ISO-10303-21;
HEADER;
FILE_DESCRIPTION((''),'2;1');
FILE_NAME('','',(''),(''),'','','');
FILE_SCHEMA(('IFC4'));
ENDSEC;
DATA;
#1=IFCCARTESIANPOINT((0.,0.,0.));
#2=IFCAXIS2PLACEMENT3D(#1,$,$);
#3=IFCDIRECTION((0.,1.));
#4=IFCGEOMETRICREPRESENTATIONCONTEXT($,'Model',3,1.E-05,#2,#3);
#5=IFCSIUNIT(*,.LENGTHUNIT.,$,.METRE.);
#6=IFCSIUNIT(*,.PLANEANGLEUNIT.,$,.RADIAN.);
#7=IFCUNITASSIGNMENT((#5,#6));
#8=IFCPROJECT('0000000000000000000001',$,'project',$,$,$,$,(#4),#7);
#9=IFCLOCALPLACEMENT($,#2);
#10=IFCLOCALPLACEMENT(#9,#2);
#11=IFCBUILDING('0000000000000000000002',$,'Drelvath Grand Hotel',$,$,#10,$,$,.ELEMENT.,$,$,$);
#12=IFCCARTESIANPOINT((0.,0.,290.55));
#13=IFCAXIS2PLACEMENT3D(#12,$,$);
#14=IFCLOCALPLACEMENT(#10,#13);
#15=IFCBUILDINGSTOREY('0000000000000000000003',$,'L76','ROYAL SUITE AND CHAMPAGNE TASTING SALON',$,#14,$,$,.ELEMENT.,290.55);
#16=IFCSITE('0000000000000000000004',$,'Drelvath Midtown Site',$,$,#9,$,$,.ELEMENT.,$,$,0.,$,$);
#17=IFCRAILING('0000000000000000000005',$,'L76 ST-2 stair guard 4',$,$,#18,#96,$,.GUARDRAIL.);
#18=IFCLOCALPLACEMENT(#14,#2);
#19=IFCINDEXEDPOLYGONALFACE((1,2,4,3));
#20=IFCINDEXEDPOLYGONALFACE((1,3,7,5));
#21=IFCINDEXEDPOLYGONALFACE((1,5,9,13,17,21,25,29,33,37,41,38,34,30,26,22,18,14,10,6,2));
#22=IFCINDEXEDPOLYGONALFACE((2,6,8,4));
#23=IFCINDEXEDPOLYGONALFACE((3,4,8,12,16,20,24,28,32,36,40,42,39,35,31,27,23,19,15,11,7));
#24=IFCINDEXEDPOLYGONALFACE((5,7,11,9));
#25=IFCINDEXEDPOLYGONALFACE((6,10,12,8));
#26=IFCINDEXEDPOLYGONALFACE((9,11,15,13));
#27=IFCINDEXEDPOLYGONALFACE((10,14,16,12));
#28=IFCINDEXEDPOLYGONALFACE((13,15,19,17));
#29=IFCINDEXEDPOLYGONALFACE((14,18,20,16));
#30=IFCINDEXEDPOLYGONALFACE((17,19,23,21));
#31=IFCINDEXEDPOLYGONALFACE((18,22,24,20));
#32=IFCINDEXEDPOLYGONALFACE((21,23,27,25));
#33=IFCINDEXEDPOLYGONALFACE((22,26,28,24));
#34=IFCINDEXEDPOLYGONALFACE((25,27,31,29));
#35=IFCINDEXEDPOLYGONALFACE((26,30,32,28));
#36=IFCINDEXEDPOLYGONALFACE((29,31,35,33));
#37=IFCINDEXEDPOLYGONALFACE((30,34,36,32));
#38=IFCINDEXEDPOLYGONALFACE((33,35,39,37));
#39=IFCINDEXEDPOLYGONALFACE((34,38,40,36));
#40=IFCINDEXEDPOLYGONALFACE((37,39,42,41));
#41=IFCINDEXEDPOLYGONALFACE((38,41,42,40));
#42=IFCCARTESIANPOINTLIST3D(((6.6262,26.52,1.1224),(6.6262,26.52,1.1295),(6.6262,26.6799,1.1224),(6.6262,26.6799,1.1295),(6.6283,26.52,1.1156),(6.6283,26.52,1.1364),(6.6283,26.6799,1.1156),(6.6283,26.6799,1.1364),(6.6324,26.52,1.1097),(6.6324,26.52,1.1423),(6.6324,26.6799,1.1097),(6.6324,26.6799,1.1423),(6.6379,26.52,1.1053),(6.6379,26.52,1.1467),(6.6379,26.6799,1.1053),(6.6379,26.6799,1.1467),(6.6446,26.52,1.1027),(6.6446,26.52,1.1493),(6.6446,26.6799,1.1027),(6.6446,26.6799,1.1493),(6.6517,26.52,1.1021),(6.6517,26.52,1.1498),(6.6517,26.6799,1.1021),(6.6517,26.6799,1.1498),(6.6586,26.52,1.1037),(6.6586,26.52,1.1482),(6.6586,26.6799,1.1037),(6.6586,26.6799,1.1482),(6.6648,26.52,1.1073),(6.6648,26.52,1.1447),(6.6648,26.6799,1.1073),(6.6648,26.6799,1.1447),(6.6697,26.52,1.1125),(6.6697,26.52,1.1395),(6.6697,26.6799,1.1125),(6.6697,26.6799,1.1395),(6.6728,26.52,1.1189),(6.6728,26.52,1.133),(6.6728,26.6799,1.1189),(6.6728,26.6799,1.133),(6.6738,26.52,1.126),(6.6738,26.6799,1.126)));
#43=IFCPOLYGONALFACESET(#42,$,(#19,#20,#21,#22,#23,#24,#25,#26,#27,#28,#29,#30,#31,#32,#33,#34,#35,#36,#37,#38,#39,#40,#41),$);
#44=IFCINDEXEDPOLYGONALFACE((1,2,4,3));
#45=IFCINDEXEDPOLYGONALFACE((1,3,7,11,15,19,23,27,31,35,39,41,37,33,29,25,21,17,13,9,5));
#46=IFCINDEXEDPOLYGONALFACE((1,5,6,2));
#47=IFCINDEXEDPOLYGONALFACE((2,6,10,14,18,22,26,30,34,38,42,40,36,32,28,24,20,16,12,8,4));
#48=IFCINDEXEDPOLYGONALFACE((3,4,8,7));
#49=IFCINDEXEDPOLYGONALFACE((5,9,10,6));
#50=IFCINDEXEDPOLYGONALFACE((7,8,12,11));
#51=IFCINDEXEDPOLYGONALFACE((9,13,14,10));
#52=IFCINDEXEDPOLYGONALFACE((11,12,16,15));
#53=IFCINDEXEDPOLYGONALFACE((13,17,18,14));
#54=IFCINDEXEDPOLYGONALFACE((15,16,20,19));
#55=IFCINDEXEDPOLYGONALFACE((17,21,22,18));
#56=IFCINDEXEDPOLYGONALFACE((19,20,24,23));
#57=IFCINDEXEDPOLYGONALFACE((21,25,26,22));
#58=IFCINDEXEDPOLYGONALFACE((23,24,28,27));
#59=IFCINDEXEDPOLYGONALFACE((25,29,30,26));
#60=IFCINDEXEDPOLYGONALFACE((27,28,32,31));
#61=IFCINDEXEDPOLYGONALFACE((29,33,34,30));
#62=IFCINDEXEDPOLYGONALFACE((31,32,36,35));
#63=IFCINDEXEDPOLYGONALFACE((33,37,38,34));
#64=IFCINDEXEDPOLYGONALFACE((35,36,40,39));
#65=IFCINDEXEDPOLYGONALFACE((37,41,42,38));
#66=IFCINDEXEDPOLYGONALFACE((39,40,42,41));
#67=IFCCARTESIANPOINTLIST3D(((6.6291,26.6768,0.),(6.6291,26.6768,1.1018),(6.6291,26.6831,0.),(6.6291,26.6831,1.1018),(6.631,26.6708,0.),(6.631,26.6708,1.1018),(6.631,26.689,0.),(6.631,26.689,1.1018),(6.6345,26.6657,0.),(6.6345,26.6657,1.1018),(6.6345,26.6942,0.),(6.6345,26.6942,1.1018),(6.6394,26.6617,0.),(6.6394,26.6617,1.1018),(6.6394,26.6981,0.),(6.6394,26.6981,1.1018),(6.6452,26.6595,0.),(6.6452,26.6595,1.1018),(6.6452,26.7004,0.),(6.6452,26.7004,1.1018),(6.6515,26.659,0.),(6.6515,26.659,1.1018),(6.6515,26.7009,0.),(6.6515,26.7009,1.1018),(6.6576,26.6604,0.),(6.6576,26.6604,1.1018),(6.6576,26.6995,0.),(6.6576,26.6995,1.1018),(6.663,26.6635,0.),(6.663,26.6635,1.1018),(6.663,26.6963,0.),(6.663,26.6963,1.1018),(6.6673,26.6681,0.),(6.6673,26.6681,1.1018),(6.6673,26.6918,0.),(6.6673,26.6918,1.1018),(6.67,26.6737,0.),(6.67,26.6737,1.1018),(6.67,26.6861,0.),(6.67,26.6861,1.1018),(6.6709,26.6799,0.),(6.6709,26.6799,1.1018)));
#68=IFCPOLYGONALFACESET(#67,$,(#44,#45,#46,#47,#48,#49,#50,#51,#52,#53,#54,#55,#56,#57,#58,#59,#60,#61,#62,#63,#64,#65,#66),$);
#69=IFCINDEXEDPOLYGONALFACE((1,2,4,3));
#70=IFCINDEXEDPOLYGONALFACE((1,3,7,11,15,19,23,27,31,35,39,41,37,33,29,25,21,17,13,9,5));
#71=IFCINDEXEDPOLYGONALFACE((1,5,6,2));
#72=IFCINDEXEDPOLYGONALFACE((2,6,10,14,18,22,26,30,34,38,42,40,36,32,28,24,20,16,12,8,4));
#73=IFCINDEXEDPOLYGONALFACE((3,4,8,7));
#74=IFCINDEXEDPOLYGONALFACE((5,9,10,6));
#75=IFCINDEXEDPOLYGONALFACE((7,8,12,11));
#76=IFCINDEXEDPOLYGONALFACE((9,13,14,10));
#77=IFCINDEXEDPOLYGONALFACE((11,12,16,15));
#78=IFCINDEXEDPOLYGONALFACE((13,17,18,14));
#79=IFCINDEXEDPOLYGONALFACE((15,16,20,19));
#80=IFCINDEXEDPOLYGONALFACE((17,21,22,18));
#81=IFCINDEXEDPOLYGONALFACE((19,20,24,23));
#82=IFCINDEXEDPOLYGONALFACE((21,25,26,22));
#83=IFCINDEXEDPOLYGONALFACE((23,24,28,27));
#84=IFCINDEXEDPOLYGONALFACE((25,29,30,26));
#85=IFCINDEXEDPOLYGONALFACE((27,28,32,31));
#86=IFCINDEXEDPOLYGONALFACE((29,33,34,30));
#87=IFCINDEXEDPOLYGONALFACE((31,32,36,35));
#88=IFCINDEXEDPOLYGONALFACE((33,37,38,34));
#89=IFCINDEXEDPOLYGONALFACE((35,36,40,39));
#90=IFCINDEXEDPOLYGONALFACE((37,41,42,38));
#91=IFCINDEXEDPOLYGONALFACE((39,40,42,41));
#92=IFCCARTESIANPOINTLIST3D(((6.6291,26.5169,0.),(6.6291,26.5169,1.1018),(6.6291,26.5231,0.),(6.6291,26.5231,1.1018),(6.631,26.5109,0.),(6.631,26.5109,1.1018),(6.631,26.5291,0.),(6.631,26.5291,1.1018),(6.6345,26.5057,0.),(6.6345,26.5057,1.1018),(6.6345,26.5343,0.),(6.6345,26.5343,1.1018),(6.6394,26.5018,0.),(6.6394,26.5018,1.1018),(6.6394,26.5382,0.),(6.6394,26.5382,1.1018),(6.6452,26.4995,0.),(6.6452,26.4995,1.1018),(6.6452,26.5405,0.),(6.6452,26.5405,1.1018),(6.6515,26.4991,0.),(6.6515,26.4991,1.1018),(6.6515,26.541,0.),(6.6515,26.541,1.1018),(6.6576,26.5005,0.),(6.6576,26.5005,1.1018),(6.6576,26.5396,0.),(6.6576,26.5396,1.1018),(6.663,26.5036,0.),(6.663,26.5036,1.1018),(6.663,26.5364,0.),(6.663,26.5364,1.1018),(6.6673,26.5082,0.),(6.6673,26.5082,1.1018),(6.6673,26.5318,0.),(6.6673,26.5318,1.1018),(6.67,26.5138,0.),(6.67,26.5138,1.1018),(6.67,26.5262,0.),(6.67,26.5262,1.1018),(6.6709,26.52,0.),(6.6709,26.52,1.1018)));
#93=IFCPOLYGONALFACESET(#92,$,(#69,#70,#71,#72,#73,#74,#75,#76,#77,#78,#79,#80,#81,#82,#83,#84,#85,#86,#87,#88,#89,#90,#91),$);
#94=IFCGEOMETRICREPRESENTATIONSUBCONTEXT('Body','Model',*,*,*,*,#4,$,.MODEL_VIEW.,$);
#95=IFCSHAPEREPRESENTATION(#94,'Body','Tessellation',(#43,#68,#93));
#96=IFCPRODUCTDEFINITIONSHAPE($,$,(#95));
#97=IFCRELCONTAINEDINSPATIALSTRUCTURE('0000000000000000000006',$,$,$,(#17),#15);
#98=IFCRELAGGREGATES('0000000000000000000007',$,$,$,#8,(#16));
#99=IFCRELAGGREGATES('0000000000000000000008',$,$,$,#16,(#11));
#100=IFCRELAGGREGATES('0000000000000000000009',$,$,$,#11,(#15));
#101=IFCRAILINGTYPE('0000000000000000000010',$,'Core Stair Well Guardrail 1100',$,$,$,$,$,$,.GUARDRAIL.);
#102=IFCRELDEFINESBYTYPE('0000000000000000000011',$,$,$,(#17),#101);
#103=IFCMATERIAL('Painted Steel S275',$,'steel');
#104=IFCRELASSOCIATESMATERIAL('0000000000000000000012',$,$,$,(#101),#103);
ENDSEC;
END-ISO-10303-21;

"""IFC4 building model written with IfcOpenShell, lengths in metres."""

from ifc_helpers import new_model, si_unit, direction, frame, origin, origin_2d, place, context, subcontext, project, spatial, circle, extrude, material, type_object, element, save


model = new_model("IFC4")

# Units and contexts
model_context = context("Model", 3, precision=1e-05, world=origin(), true_north=direction((0.0, 1.0)))
body_context = subcontext(model_context, "Body", "Model", "MODEL_VIEW")
ifc_project = project(units=[si_unit("LENGTHUNIT", "METRE"), si_unit("PLANEANGLEUNIT", "RADIAN")], contexts=[model_context])

# Site, building, storey
site_placement = place(None, origin())
site = spatial("IfcSite", under=ifc_project, at=site_placement, Name="Drelvath Midtown Site", CompositionType="ELEMENT", RefElevation=0.0)
building_placement = place(site_placement, origin())
building = spatial("IfcBuilding", under=site, at=building_placement, Name="Drelvath Grand Hotel", CompositionType="ELEMENT")
storey_placement = place(building_placement, frame((0.0, 0.0, 290.55)))
storey = spatial("IfcBuildingStorey", under=building, at=storey_placement, Name="L76", Description="ROYAL SUITE AND CHAMPAGNE TASTING SALON", CompositionType="ELEMENT", Elevation=290.55)

# Railing
ifc_material_1 = material(Name="Painted Steel S275", Category="steel")
railing_type_1 = type_object("IfcRailingType", Name="Core Stair Well Guardrail 1100", PredefinedType="GUARDRAIL", material=ifc_material_1)
railing_1_placement = place(storey_placement, frame((6.6499, 26.6799, 0.0)))
element("IfcRailing", 1, at=railing_1_placement, inside=storey, type_object=railing_type_1, Name="L76 ST-2 stair guard 4", PredefinedType="GUARDRAIL", context=body_context, shape_type="SweptSolid", body=[
    extrude(circle(Radius=0.0239, at=origin_2d()), frame((0.0, 0.0, 1.126), z_axis=(0.0, -1.0, 0.0), x_axis=(1.0, 0.0, 0.0)), (0.0, 0.0, 1.0), 0.1599),
    extrude(circle(Radius=0.021, at=origin_2d()), origin(), (0.0, 0.0, 1.0), 1.1018),
    extrude(circle(Radius=0.021, at=origin_2d()), frame((0.0, -0.1599, 0.0)), (0.0, 0.0, 1.0), 1.1018),
])

save(model, "model.ifc")
